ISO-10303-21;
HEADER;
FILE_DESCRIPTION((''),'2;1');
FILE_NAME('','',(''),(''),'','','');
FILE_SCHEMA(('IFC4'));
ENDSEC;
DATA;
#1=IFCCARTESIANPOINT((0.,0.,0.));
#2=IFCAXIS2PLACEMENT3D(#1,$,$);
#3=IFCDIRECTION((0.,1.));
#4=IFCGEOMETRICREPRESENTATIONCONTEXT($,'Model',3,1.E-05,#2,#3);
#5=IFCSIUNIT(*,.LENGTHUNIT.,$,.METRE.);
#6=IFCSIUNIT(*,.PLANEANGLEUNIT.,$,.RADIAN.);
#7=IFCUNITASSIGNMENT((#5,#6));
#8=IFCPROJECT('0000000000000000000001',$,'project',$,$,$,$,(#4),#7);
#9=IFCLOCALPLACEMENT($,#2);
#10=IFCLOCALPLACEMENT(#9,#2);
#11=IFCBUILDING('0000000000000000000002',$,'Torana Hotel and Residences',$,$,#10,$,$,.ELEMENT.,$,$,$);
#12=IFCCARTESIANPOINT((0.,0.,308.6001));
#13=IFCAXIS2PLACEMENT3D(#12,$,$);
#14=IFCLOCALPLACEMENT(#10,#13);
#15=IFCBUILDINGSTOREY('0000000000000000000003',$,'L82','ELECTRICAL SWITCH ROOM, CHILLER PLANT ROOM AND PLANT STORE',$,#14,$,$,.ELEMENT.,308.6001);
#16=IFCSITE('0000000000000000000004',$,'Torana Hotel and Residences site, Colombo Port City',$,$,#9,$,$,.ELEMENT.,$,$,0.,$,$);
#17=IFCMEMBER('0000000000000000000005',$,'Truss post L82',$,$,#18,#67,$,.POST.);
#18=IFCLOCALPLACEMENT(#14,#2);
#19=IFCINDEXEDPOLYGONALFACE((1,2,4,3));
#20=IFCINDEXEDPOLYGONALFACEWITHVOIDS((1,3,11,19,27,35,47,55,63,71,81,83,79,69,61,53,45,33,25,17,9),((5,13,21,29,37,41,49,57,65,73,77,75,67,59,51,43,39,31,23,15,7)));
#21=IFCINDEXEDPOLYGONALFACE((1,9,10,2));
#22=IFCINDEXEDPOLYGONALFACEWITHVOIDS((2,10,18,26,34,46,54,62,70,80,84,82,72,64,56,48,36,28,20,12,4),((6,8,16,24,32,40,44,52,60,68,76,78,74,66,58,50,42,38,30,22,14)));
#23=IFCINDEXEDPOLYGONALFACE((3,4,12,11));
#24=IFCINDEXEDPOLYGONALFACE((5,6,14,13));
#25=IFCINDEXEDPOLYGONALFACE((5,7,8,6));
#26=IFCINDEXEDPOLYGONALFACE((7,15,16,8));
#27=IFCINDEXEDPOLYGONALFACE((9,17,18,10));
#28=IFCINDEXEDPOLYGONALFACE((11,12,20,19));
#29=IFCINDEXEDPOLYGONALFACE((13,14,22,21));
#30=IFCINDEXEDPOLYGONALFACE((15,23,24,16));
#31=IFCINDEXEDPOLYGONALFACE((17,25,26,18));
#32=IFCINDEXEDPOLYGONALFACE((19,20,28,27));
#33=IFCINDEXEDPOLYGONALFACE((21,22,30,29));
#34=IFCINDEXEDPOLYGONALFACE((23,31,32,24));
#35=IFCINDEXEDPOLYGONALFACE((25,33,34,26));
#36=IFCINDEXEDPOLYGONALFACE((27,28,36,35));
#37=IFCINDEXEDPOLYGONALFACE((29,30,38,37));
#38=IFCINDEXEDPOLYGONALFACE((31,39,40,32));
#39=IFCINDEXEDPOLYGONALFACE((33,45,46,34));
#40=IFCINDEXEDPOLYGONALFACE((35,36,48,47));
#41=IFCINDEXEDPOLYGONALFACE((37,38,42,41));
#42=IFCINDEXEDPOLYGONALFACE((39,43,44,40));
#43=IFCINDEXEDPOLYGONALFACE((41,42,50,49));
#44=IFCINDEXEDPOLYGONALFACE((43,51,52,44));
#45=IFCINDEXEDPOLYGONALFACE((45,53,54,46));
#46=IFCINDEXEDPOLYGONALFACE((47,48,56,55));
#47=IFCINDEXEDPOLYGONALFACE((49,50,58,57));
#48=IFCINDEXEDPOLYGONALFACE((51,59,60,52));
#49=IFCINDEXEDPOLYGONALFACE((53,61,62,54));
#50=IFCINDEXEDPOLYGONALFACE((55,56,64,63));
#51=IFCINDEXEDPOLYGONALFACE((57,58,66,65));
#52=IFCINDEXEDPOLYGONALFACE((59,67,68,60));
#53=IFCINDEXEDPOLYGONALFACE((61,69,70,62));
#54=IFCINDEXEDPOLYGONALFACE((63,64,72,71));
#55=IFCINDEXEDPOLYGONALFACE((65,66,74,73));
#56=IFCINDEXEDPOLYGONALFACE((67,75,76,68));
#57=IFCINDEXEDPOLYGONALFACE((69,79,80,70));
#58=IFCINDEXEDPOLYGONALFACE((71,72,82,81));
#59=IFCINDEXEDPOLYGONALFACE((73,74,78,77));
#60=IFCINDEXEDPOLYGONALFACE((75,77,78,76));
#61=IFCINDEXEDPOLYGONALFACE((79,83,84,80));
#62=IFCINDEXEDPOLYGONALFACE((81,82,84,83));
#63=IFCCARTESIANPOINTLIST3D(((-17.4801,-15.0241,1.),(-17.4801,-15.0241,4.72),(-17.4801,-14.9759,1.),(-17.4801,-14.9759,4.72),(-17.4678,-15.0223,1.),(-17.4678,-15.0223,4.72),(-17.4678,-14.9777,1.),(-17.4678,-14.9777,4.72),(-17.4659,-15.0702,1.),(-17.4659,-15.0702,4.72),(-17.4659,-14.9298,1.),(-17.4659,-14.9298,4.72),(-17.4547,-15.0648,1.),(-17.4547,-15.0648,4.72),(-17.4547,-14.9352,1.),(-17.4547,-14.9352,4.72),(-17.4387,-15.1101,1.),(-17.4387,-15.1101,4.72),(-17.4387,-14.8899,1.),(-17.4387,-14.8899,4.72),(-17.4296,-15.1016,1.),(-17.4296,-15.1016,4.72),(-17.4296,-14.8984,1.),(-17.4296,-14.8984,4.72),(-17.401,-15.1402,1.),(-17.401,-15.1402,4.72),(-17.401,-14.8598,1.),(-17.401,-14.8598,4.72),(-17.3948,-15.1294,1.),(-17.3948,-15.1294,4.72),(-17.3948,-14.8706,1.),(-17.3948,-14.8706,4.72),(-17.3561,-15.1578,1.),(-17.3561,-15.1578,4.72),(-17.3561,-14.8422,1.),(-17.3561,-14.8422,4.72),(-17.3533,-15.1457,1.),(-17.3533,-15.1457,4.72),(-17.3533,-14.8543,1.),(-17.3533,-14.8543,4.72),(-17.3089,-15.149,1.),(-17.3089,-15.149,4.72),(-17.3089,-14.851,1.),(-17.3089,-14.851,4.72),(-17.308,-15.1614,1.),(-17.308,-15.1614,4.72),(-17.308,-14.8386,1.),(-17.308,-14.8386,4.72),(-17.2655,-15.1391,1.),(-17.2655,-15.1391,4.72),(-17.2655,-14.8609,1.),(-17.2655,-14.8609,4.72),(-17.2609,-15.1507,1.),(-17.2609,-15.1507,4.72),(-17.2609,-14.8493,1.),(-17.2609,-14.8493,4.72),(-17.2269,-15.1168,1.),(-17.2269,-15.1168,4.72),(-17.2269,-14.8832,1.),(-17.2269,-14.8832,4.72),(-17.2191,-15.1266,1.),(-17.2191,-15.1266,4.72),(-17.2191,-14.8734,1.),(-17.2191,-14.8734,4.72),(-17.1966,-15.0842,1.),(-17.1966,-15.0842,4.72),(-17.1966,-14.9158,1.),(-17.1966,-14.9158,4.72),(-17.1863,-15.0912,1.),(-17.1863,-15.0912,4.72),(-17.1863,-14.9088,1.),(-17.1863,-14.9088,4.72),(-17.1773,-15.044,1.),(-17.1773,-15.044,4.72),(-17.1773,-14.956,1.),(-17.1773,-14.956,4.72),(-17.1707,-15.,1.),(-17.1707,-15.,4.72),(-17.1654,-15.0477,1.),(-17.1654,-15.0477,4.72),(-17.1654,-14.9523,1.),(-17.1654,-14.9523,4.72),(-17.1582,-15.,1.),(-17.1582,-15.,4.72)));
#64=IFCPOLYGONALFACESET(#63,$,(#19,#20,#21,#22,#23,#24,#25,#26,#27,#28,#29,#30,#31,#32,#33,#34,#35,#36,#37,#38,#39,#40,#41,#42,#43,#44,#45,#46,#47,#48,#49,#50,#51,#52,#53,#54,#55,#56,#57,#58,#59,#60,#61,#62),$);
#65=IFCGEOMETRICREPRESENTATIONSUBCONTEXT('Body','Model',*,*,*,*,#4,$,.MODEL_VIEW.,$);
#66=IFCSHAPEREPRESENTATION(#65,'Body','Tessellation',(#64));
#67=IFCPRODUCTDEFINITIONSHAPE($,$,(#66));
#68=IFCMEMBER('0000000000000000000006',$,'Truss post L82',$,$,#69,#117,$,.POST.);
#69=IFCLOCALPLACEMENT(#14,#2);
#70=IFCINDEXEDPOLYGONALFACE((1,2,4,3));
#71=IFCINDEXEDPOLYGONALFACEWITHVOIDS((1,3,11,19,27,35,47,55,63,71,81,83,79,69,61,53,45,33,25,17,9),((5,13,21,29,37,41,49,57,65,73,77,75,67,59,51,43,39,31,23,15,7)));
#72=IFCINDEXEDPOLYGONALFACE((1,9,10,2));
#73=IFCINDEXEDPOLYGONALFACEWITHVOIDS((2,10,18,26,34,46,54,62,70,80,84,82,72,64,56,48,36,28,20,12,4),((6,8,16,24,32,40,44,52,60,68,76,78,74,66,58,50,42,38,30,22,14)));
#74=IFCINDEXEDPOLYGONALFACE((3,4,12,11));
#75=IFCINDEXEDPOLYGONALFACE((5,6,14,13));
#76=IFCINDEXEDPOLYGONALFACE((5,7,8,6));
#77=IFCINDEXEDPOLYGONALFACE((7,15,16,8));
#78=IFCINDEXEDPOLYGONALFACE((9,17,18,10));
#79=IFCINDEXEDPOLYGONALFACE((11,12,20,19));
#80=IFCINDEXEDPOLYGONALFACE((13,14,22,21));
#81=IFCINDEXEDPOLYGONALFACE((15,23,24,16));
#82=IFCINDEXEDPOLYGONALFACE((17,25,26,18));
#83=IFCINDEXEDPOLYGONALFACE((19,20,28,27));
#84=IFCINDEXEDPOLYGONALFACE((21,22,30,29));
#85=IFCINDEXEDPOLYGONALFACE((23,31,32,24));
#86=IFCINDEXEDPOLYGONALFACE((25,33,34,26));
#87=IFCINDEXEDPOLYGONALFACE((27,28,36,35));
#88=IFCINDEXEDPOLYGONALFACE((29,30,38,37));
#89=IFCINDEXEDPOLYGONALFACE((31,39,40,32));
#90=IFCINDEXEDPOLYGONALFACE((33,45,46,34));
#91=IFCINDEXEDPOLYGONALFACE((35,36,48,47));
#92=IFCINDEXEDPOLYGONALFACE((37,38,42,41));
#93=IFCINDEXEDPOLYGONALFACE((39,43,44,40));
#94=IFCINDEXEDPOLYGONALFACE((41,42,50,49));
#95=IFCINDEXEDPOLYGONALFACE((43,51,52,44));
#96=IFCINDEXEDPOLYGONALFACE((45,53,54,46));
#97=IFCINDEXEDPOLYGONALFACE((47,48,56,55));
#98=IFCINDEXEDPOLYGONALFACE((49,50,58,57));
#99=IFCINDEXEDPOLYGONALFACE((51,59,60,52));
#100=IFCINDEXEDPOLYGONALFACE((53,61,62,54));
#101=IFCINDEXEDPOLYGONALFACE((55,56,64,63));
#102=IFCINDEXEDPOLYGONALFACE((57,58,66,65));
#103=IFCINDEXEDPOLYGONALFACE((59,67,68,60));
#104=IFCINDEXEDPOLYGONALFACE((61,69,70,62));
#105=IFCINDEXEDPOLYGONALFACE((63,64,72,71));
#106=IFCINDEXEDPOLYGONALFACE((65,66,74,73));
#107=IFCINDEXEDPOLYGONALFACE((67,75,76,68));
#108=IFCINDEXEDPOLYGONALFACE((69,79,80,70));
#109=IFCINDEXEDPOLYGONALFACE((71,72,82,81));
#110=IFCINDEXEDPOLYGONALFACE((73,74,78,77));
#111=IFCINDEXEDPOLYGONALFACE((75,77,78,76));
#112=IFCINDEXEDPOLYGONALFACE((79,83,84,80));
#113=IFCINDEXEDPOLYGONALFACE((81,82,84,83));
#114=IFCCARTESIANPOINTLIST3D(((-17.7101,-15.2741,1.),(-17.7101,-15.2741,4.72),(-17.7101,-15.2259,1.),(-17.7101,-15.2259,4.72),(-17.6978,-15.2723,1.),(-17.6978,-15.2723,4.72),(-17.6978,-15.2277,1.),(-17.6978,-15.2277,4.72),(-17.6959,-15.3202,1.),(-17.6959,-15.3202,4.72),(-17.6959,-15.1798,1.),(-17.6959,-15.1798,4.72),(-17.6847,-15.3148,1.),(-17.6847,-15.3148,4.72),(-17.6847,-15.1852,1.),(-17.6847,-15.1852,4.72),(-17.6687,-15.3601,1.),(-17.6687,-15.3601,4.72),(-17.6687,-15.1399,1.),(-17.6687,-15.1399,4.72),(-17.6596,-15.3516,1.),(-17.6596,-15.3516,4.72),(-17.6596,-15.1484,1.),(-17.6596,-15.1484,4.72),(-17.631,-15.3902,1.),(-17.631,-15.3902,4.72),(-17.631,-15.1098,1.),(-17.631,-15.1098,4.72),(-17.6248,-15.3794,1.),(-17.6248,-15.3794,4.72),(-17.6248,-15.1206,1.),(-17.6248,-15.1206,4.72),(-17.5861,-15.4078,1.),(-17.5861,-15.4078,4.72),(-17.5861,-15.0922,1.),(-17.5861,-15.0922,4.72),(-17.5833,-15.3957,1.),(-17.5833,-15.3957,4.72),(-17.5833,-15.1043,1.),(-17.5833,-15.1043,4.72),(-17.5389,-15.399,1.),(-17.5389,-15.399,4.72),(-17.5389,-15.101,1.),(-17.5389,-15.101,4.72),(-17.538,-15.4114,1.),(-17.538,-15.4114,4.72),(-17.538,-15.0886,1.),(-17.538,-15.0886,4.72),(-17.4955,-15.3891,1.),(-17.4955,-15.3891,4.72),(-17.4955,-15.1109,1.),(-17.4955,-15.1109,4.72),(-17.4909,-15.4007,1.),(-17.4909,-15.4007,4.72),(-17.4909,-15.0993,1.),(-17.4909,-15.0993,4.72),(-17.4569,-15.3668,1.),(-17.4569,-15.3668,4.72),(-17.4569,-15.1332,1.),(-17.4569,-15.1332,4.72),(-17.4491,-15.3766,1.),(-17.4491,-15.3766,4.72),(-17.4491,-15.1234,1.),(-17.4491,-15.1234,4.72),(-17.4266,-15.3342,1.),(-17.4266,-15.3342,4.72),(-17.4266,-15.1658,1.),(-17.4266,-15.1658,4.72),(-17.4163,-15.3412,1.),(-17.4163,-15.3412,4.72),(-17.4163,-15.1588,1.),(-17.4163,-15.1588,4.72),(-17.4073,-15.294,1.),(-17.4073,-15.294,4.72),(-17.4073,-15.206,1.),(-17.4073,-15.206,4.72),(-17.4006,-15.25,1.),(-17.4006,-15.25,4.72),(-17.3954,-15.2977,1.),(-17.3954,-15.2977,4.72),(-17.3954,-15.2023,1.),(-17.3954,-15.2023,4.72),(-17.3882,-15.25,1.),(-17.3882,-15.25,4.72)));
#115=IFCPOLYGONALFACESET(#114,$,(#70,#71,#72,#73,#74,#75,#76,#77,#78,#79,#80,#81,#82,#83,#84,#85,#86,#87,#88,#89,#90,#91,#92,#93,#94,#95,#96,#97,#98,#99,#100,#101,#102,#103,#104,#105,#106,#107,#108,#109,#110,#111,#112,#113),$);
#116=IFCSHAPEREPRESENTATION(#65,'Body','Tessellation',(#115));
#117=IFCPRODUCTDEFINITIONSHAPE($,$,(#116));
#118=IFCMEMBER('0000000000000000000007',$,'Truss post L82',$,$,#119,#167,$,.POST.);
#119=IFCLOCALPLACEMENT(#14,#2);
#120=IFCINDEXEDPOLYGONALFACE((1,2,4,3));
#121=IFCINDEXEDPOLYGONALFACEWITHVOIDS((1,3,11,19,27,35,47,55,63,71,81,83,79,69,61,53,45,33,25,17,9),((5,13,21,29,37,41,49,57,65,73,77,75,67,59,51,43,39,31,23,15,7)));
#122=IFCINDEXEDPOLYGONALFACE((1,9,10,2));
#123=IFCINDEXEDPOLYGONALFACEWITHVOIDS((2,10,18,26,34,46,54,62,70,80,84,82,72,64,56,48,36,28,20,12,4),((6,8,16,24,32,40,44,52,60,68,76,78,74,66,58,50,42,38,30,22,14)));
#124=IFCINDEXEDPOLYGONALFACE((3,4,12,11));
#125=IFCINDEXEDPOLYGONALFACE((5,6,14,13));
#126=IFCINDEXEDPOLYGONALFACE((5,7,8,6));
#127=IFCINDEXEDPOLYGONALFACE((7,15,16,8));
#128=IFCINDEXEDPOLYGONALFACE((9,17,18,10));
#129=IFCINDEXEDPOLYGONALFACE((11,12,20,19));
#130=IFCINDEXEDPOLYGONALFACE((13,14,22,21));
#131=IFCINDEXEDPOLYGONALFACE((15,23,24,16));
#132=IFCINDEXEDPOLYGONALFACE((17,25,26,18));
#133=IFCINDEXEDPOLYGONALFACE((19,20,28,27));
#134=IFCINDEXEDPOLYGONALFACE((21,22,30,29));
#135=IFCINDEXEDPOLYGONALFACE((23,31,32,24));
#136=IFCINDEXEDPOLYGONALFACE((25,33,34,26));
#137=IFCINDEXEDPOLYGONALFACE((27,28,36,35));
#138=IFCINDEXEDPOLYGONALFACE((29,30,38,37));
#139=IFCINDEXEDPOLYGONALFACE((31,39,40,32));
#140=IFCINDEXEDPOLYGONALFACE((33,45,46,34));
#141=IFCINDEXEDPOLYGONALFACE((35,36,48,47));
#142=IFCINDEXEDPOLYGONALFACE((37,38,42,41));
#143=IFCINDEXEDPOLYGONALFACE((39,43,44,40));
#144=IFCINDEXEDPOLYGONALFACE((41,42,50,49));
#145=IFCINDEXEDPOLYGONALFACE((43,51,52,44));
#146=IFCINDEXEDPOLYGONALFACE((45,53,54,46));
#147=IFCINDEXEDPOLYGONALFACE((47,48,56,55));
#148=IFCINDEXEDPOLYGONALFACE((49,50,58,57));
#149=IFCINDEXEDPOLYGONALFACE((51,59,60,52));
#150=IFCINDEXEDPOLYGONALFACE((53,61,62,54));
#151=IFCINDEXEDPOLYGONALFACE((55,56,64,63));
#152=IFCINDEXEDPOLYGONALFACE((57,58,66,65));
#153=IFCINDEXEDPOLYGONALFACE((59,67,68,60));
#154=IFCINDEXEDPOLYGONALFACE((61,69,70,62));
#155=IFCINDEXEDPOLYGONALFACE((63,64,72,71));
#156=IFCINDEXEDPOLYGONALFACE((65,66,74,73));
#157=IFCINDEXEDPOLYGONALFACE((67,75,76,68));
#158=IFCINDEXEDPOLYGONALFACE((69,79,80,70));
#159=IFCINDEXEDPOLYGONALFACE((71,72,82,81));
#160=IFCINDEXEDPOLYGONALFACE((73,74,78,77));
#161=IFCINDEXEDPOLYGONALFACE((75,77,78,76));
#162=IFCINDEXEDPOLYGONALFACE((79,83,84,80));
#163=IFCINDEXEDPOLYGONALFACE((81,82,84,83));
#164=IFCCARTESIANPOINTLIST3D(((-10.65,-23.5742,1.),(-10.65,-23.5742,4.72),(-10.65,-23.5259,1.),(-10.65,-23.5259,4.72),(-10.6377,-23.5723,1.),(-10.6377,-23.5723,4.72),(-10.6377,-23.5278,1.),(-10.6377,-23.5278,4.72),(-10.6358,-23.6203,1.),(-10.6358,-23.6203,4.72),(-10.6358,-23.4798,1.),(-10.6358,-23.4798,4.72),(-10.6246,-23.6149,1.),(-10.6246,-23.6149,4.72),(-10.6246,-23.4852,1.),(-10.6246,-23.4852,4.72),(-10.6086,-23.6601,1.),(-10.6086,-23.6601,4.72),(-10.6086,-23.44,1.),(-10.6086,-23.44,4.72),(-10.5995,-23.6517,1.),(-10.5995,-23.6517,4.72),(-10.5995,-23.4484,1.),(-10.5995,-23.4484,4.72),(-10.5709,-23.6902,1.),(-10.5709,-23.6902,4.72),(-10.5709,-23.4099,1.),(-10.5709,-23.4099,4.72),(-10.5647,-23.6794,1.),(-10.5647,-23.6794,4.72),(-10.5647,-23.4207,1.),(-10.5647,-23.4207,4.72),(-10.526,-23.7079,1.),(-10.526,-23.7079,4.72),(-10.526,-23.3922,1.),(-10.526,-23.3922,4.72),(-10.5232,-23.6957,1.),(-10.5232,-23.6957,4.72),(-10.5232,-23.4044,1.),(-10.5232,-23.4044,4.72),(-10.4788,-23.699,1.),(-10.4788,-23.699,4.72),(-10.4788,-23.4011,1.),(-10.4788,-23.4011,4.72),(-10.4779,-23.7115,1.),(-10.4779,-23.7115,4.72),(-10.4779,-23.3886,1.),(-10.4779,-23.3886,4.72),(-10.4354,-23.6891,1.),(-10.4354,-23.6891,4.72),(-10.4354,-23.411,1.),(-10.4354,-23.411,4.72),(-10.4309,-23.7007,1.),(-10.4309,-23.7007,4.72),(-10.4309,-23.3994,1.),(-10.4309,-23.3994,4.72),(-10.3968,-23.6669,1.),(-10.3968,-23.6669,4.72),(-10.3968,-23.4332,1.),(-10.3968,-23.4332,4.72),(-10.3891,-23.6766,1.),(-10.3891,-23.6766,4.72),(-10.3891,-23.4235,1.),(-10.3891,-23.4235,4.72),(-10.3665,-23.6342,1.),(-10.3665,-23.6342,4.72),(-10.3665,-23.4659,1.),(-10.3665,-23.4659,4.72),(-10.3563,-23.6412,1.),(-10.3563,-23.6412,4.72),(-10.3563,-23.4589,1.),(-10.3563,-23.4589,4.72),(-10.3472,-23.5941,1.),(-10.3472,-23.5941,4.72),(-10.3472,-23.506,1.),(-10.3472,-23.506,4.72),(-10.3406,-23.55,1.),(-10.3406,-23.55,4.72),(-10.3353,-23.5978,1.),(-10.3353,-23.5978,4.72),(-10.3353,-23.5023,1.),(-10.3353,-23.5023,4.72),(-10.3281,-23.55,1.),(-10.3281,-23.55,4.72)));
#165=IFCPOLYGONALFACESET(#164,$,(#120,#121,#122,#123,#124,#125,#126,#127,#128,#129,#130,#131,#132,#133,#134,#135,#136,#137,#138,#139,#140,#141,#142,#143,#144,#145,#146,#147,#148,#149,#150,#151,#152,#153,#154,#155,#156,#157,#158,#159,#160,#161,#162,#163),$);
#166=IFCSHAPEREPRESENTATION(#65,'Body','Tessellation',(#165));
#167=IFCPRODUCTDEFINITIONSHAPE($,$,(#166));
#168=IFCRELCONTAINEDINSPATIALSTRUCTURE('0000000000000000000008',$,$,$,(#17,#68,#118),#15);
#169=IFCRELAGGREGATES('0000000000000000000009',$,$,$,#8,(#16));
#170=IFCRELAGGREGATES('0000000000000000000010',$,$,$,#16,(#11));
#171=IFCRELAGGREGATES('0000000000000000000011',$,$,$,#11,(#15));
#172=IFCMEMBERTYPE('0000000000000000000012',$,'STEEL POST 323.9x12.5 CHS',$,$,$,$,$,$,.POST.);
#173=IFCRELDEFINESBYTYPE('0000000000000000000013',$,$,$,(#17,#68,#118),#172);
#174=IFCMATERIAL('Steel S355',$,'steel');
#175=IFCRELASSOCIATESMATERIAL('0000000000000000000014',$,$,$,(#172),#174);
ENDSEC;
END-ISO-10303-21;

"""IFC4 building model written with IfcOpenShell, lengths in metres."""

from ifc_helpers import new_model, si_unit, direction, frame, origin, origin_2d, place, context, subcontext, project, spatial, hollow_circle, extrude, material, material_profile, profile_set, type_object, element, save


model = new_model("IFC4")

# Units and contexts
model_context = context("Model", 3, precision=1e-05, world=origin(), true_north=direction((0.0, 1.0)))
body_context = subcontext(model_context, "Body", "Model", "MODEL_VIEW")
ifc_project = project(units=[si_unit("LENGTHUNIT", "METRE"), si_unit("PLANEANGLEUNIT", "RADIAN")], contexts=[model_context])

# Site, building, storey
site_placement = place(None, origin())
site = spatial("IfcSite", under=ifc_project, at=site_placement, Name="Torana Hotel and Residences site, Colombo Port City", CompositionType="ELEMENT", RefElevation=0.0)
building_placement = place(site_placement, origin())
building = spatial("IfcBuilding", under=site, at=building_placement, Name="Torana Hotel and Residences", CompositionType="ELEMENT")
storey_placement = place(building_placement, frame((0.0, 0.0, 308.6001)))
storey = spatial("IfcBuildingStorey", under=building, at=storey_placement, Name="L82", Description="ELECTRICAL SWITCH ROOM, CHILLER PLANT ROOM AND PLANT STORE", CompositionType="ELEMENT", Elevation=308.6001)

# Members
ifc_material_1 = material(Name="Steel S355", Category="steel")
ifc_material_profile_1 = material_profile(ifc_material_1, hollow_circle(Radius=0.1619, WallThickness=0.0125, at=origin_2d()), Name="323.9x12.5 CHS")
ifc_profile_set_1 = profile_set([ifc_material_profile_1], Name="Steel S355")
member_type_1 = type_object("IfcMemberType", Name="STEEL POST 323.9x12.5 CHS", PredefinedType="POST", material=ifc_profile_set_1)
for number, where, z_axis, x_axis, name in (
    (1, (-17.3201, -15.0, 1.0), (0.0, 0.0, 1.0), (1.0, 0.0, 0.0), "Truss post L82"),
    (2, (-17.55, -15.25, 1.0), (0.0, 0.0, 1.0), (1.0, 0.0, 0.0), "Truss post L82"),
    (3, (-10.49, -23.55, 1.0), (0.0, 0.0, 1.0), (1.0, 0.0, 0.0), "Truss post L82"),
):
    element("IfcMember", number, at=place(storey_placement, frame(where, z_axis=z_axis, x_axis=x_axis)), inside=storey, type_object=member_type_1, Name=name, PredefinedType="POST", context=body_context, shape_type="SweptSolid", body=[
        extrude(hollow_circle(Radius=0.1619, WallThickness=0.0125, at=origin_2d()), origin(), (0.0, 0.0, 1.0), 3.72),
    ])

save(model, "model.ifc")
